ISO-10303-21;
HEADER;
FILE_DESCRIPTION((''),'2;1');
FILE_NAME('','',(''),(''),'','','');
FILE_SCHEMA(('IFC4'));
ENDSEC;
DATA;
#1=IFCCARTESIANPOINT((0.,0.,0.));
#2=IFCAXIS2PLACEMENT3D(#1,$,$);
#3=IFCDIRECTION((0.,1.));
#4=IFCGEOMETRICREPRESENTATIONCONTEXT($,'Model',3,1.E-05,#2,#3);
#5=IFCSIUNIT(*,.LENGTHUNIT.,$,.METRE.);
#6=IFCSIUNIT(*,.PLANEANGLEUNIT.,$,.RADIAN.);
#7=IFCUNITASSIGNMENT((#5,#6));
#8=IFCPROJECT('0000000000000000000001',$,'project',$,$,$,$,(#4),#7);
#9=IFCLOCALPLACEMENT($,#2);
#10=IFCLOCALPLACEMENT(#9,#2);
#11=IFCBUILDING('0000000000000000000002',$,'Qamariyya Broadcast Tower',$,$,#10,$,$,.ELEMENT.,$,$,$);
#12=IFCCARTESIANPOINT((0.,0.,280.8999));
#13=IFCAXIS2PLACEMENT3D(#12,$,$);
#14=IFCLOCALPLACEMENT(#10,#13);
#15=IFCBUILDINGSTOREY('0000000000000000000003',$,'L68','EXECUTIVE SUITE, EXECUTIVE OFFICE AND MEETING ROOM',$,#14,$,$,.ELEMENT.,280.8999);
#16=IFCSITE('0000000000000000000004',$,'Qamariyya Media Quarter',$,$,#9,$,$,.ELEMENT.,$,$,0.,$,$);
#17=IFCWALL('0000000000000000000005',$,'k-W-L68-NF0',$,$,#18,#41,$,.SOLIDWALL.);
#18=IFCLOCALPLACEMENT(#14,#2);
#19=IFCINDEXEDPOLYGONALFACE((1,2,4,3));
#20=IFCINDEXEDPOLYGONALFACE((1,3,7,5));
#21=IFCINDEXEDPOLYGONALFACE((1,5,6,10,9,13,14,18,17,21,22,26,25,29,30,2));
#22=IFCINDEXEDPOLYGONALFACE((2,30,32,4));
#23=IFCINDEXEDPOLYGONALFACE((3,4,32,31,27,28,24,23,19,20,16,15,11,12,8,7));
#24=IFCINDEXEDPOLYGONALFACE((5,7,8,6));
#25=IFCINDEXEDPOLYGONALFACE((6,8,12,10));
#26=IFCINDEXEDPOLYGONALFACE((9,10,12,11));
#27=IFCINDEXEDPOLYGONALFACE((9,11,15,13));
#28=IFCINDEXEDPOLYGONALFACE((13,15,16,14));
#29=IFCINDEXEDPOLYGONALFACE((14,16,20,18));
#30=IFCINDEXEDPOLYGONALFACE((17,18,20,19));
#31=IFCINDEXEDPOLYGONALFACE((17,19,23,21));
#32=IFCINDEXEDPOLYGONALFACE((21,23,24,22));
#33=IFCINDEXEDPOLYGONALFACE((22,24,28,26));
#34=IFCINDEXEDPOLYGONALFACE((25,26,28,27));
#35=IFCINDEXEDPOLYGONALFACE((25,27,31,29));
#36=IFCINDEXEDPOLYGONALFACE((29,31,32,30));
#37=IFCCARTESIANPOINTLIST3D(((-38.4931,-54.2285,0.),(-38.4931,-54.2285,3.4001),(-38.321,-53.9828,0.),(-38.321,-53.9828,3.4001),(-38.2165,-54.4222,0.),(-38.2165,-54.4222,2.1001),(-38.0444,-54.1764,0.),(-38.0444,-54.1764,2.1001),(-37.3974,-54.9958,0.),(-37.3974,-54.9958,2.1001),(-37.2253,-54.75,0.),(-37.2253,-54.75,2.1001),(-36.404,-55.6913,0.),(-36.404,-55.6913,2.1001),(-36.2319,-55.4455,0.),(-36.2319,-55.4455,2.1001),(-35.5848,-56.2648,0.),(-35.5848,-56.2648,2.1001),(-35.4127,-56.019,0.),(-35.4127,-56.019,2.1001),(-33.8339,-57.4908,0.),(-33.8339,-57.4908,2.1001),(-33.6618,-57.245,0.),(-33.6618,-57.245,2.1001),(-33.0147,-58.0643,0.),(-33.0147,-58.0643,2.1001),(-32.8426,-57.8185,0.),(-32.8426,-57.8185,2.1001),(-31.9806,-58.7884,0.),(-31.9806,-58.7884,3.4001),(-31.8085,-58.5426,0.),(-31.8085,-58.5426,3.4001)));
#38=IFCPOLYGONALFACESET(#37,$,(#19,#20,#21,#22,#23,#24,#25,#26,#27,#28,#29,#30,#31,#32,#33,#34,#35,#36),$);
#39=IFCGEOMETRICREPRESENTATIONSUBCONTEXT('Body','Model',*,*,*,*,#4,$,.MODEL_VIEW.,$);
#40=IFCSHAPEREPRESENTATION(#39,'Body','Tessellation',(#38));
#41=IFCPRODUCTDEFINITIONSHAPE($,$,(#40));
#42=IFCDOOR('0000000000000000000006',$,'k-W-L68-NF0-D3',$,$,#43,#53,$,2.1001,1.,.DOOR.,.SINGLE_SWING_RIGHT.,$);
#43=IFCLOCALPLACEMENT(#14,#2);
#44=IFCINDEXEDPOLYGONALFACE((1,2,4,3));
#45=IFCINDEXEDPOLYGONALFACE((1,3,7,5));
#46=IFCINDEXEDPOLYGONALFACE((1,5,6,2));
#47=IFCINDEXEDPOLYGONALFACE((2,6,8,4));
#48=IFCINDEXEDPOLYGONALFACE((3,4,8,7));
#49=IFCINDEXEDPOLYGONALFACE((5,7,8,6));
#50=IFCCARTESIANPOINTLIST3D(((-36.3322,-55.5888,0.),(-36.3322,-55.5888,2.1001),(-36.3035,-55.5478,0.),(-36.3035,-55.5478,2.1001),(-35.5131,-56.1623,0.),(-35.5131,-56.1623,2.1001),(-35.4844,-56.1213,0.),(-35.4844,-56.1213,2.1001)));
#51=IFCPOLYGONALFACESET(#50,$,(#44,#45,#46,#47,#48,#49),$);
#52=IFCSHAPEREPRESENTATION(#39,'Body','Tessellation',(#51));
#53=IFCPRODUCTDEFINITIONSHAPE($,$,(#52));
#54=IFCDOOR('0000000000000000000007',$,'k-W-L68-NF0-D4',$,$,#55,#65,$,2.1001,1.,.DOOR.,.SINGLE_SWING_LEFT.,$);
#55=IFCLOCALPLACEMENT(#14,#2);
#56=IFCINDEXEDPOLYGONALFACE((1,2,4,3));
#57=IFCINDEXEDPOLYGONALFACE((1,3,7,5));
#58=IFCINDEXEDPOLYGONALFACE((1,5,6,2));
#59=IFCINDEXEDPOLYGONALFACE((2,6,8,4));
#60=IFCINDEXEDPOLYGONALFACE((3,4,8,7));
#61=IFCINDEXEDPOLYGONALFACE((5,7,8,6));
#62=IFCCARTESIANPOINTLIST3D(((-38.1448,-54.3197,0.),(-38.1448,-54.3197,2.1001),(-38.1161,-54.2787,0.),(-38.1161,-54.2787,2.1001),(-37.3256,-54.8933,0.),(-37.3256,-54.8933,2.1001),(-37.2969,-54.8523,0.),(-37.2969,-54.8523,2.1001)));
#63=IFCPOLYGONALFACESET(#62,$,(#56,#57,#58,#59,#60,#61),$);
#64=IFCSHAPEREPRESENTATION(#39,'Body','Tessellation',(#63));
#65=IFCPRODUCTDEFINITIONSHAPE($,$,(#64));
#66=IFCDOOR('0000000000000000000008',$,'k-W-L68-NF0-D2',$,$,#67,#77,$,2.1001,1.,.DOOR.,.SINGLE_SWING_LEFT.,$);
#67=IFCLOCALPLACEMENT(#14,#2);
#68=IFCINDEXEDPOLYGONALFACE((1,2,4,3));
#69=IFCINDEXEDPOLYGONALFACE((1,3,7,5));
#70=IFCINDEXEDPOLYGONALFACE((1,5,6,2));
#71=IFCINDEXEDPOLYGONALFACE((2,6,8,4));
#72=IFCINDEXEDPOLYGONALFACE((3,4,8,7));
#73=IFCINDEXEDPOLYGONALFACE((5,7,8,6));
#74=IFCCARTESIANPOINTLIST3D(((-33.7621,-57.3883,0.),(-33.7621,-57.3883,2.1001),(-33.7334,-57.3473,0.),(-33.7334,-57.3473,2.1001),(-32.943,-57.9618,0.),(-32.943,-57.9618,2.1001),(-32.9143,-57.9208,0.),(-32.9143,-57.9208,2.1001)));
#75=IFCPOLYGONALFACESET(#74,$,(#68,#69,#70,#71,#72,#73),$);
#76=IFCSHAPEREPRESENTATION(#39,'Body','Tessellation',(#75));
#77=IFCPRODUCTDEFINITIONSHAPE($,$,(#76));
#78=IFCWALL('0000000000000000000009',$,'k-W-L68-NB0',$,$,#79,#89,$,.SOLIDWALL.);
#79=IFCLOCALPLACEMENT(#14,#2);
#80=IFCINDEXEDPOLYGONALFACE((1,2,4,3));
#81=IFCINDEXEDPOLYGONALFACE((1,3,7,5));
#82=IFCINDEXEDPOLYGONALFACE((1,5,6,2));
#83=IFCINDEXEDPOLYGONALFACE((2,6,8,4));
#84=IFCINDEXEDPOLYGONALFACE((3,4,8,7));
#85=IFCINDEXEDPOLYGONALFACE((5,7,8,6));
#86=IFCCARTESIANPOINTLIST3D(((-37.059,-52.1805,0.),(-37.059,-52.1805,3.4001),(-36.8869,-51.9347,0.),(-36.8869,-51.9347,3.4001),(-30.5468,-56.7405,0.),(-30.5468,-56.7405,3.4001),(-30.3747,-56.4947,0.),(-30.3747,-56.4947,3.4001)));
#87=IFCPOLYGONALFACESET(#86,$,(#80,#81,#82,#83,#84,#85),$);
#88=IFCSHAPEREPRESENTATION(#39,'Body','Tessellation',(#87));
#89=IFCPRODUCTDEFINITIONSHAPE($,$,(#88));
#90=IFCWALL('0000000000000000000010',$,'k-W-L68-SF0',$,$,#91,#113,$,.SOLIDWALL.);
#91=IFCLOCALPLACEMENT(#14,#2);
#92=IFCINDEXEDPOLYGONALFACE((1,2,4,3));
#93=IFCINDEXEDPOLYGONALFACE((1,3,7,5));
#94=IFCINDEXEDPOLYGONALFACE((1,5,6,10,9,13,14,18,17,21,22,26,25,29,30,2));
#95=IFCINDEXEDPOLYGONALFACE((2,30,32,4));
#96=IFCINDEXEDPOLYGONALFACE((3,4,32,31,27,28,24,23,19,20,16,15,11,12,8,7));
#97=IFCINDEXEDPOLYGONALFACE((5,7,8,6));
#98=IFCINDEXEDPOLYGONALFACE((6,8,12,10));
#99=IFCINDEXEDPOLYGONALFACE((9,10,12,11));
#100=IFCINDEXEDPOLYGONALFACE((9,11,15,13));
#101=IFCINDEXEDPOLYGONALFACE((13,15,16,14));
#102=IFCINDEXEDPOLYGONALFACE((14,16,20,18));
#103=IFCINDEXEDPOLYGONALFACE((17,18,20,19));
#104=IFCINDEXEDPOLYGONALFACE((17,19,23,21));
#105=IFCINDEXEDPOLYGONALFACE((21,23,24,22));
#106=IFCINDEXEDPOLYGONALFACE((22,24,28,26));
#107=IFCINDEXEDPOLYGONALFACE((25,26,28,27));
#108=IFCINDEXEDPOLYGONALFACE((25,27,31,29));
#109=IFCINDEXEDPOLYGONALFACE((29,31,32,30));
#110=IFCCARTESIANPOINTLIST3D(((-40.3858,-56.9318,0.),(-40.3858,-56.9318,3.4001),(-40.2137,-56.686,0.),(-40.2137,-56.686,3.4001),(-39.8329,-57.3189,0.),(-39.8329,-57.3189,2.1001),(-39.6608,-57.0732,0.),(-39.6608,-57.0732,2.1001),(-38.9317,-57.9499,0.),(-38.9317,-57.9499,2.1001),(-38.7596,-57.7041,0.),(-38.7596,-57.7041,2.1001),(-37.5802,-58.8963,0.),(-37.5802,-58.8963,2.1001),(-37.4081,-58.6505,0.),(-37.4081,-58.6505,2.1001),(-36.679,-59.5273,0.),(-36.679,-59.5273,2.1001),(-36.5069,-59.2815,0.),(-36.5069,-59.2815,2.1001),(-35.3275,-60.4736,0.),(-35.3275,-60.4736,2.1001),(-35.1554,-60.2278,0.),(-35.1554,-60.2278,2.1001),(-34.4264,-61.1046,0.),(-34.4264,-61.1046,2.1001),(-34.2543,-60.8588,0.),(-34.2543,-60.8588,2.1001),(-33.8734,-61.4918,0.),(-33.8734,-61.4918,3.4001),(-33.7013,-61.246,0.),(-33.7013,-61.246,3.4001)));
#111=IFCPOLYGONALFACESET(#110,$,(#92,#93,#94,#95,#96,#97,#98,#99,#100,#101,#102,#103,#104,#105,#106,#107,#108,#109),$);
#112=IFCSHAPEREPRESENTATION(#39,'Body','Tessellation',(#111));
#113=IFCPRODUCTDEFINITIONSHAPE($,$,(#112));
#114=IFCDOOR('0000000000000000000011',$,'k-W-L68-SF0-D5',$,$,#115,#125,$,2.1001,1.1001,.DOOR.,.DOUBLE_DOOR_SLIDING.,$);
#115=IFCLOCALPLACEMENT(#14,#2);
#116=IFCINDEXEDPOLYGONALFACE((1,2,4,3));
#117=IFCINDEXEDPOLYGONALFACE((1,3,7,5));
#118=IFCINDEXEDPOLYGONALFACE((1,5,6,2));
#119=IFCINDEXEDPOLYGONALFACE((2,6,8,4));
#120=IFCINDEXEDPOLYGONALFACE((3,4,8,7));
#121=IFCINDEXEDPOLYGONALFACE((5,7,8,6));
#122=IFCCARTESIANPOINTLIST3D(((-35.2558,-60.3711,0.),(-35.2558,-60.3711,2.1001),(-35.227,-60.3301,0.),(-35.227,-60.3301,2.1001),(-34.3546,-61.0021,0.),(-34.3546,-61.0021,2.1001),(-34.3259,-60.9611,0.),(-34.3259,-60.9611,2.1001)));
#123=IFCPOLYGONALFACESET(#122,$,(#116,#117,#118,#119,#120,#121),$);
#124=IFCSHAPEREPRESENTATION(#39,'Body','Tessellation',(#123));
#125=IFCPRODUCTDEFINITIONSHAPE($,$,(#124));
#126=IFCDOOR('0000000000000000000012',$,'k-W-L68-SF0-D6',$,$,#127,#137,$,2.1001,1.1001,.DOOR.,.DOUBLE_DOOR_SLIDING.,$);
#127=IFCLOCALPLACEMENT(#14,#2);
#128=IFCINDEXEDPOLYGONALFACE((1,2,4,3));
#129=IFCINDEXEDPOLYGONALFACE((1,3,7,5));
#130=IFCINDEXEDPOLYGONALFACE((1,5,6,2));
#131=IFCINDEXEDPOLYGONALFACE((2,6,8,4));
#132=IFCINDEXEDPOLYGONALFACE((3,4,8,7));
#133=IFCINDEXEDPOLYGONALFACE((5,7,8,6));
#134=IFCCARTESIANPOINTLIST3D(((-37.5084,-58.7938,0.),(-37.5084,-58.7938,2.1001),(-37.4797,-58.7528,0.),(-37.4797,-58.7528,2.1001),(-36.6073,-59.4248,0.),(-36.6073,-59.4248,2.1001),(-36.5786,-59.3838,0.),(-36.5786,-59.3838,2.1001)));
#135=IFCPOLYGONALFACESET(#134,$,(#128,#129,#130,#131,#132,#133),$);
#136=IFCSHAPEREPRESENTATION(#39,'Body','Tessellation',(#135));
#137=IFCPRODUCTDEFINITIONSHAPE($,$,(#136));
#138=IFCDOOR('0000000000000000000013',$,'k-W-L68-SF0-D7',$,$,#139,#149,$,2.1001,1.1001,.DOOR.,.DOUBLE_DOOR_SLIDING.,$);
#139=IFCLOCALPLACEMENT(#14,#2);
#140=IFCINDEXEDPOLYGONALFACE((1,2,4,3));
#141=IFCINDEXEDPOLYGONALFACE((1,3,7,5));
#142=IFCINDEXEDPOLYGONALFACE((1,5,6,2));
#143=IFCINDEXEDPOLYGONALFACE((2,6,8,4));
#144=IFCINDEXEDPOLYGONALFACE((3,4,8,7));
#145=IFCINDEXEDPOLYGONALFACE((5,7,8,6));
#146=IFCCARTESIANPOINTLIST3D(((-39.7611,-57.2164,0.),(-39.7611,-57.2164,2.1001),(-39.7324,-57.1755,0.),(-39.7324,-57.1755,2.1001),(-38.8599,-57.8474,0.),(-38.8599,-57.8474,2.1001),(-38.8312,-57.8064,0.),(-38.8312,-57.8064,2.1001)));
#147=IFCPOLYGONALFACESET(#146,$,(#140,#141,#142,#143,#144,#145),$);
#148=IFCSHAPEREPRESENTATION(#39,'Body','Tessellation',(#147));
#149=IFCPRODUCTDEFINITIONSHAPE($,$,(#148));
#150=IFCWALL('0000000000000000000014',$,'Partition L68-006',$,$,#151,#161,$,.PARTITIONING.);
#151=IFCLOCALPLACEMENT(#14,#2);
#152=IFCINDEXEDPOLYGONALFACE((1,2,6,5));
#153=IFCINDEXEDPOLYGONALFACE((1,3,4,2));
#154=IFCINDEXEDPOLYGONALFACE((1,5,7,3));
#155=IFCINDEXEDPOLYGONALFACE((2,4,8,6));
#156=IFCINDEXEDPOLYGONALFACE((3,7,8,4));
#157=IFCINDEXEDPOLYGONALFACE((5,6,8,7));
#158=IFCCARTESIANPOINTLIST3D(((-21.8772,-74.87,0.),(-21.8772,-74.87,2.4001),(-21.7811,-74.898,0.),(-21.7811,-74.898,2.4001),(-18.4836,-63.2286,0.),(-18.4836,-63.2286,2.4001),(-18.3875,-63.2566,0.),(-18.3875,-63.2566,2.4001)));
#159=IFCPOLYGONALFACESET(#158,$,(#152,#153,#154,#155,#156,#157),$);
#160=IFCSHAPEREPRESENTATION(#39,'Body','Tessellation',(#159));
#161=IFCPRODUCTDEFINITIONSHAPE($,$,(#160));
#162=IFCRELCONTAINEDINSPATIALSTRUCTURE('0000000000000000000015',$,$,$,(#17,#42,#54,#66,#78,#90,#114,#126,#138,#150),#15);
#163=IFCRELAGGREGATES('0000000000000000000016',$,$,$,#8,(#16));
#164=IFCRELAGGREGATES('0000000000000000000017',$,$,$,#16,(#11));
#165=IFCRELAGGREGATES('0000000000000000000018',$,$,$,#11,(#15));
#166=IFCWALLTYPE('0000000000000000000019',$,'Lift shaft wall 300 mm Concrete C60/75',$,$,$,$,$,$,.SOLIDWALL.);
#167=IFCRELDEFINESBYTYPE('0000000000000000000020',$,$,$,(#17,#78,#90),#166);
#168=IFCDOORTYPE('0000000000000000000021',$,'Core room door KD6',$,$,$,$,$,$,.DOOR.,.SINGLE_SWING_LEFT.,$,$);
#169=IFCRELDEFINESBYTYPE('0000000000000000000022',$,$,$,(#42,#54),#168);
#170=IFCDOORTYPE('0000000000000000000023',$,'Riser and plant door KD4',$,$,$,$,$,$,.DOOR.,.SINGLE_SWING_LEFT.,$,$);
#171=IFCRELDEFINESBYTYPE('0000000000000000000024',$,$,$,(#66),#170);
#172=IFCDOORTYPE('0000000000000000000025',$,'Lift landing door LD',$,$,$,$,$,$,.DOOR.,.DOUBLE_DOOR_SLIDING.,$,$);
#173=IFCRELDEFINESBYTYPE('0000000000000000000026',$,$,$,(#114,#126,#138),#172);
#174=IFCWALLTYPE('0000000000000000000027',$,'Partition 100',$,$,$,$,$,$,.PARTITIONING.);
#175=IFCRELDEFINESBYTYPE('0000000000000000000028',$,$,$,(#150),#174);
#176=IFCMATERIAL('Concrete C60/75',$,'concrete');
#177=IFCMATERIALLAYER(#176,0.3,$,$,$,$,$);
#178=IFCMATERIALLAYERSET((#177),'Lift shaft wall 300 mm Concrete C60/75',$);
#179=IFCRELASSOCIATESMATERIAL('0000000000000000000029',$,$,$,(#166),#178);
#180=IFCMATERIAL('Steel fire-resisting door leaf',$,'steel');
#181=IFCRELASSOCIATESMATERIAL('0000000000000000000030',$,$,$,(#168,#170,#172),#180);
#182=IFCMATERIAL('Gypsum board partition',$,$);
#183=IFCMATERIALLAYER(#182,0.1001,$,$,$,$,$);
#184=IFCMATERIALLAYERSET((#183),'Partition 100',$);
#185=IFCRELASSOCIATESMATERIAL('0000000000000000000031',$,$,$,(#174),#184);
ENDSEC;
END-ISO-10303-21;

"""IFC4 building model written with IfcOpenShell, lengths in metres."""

from ifc_helpers import new_model, si_unit, direction, frame, frame_2d, origin, place, context, subcontext, project, spatial, rectangle, extrude, material, layer, layer_set, type_object, element, fill, save


model = new_model("IFC4")

# Units and contexts
model_context = context("Model", 3, precision=1e-05, world=origin(), true_north=direction((0.0, 1.0)))
body_context = subcontext(model_context, "Body", "Model", "MODEL_VIEW")
ifc_project = project(units=[si_unit("LENGTHUNIT", "METRE"), si_unit("PLANEANGLEUNIT", "RADIAN")], contexts=[model_context])

# Site, building, storey
site_placement = place(None, origin())
site = spatial("IfcSite", under=ifc_project, at=site_placement, Name="Qamariyya Media Quarter", CompositionType="ELEMENT", RefElevation=0.0)
building_placement = place(site_placement, origin())
building = spatial("IfcBuilding", under=site, at=building_placement, Name="Qamariyya Broadcast Tower", CompositionType="ELEMENT")
storey_placement = place(building_placement, frame((0.0, 0.0, 280.8999)))
storey = spatial("IfcBuildingStorey", under=building, at=storey_placement, Name="L68", Description="EXECUTIVE SUITE, EXECUTIVE OFFICE AND MEETING ROOM", CompositionType="ELEMENT", Elevation=280.8999)

# Shared definitions
ifc_material_1 = material(Name="Gypsum board partition")

# Wall, openings, doors
ifc_material_2 = material(Name="Concrete C60/75", Category="concrete")
ifc_layer_1 = layer(ifc_material_2, 0.3)
ifc_layer_set_1 = layer_set([ifc_layer_1], Name="Lift shaft wall 300 mm Concrete C60/75")
wall_type_1 = type_object("IfcWallType", Name="Lift shaft wall 300 mm Concrete C60/75", PredefinedType="SOLIDWALL", material=ifc_layer_set_1)
wall_1_placement = place(storey_placement, frame((-31.8945, -58.6655, 0.0), z_axis=(0.0, 0.0, 1.0), x_axis=(-0.819167, 0.573555, 0.0)))
wall_1 = element("IfcWall", 1, at=wall_1_placement, inside=storey, type_object=wall_type_1, Name="k-W-L68-NF0", PredefinedType="SOLIDWALL", context=body_context, shape_type="SweptSolid", body=[
    extrude(rectangle(XDim=7.9502, YDim=0.3, at=frame_2d((3.9751, 0.0))), origin(), (0.0, 0.0, 1.0), 3.4001),
])
opening_1_placement = place(wall_1_placement, frame((1.2625, 0.0, 0.0)))
opening_1 = element("IfcOpeningElement", 2, at=opening_1_placement, cuts=wall_1, PredefinedType="OPENING", context=body_context, shape_type="SweptSolid", body=[
    extrude(rectangle(XDim=1.0, YDim=2.1001, at=frame_2d((0.5, 1.05))), frame((0.0, 0.1599, 0.0), z_axis=(0.0, -1.0, 0.0), x_axis=(1.0, 0.0, 0.0)), (0.0, 0.0, 1.0), 0.3201),
])
opening_2_placement = place(wall_1_placement, frame((4.3999, 0.0, 0.0)))
opening_2 = element("IfcOpeningElement", 3, at=opening_2_placement, cuts=wall_1, PredefinedType="OPENING", context=body_context, shape_type="SweptSolid", body=[
    extrude(rectangle(XDim=1.0, YDim=2.1001, at=frame_2d((0.5, 1.05))), frame((0.0, 0.1599, 0.0), z_axis=(0.0, -1.0, 0.0), x_axis=(1.0, 0.0, 0.0)), (0.0, 0.0, 1.0), 0.3201),
])
opening_3_placement = place(wall_1_placement, frame((6.6125, 0.0, 0.0)))
opening_3 = element("IfcOpeningElement", 4, at=opening_3_placement, cuts=wall_1, PredefinedType="OPENING", context=body_context, shape_type="SweptSolid", body=[
    extrude(rectangle(XDim=1.0, YDim=2.1001, at=frame_2d((0.5, 1.05))), frame((0.0, 0.1599, 0.0), z_axis=(0.0, -1.0, 0.0), x_axis=(1.0, 0.0, 0.0)), (0.0, 0.0, 1.0), 0.3201),
])
ifc_material_3 = material(Name="Steel fire-resisting door leaf", Category="steel")
door_type_1 = type_object("IfcDoorType", Name="Core room door KD6", OperationType="SINGLE_SWING_LEFT", PredefinedType="DOOR", material=ifc_material_3)
door_1_placement = place(opening_2_placement, origin())
door_1 = element("IfcDoor", 5, at=door_1_placement, inside=storey, type_object=door_type_1, Name="k-W-L68-NF0-D3", OperationType="SINGLE_SWING_RIGHT", OverallHeight=2.1001, OverallWidth=1.0, PredefinedType="DOOR", context=body_context, shape_type="SweptSolid", body=[
    extrude(rectangle(XDim=1.0, YDim=2.1001, at=frame_2d((0.5, 1.05))), frame((0.0, 0.0249, 0.0), z_axis=(0.0, -1.0, 0.0), x_axis=(1.0, 0.0, 0.0)), (0.0, 0.0, 1.0), 0.05),
])
fill(opening_2, door_1)
door_2_placement = place(opening_3_placement, origin())
door_2 = element("IfcDoor", 6, at=door_2_placement, inside=storey, type_object=door_type_1, Name="k-W-L68-NF0-D4", OperationType="SINGLE_SWING_LEFT", OverallHeight=2.1001, OverallWidth=1.0, PredefinedType="DOOR", context=body_context, shape_type="SweptSolid", body=[
    extrude(rectangle(XDim=1.0, YDim=2.1001, at=frame_2d((0.5, 1.05))), frame((0.0, 0.0249, 0.0), z_axis=(0.0, -1.0, 0.0), x_axis=(1.0, 0.0, 0.0)), (0.0, 0.0, 1.0), 0.05),
])
fill(opening_3, door_2)
door_type_2 = type_object("IfcDoorType", Name="Riser and plant door KD4", OperationType="SINGLE_SWING_LEFT", PredefinedType="DOOR", material=ifc_material_3)
door_3_placement = place(opening_1_placement, origin())
door_3 = element("IfcDoor", 7, at=door_3_placement, inside=storey, type_object=door_type_2, Name="k-W-L68-NF0-D2", OperationType="SINGLE_SWING_LEFT", OverallHeight=2.1001, OverallWidth=1.0, PredefinedType="DOOR", context=body_context, shape_type="SweptSolid", body=[
    extrude(rectangle(XDim=1.0, YDim=2.1001, at=frame_2d((0.5, 1.05))), frame((0.0, 0.0249, 0.0), z_axis=(0.0, -1.0, 0.0), x_axis=(1.0, 0.0, 0.0)), (0.0, 0.0, 1.0), 0.05),
])
fill(opening_1, door_3)

# Wall
wall_2_placement = place(storey_placement, frame((-30.4607, -56.6177, 0.0), z_axis=(0.0, 0.0, 1.0), x_axis=(-0.819142, 0.57359, 0.0)))
element("IfcWall", 8, at=wall_2_placement, inside=storey, type_object=wall_type_1, Name="k-W-L68-NB0", PredefinedType="SOLIDWALL", context=body_context, shape_type="SweptSolid", body=[
    extrude(rectangle(XDim=7.95, YDim=0.3, at=frame_2d((3.9751, 0.0))), origin(), (0.0, 0.0, 1.0), 3.4001),
])

# Wall, openings, doors
wall_3_placement = place(storey_placement, frame((-33.7874, -61.3689, 0.0), z_axis=(0.0, 0.0, 1.0), x_axis=(-0.819153, 0.573576, 0.0)))
wall_3 = element("IfcWall", 9, at=wall_3_placement, inside=storey, type_object=wall_type_1, Name="k-W-L68-SF0", PredefinedType="SOLIDWALL", context=body_context, shape_type="SweptSolid", body=[
    extrude(rectangle(XDim=7.9502, YDim=0.3, at=frame_2d((3.9751, 0.0))), origin(), (0.0, 0.0, 1.0), 3.4001),
])
opening_4_placement = place(wall_3_placement, frame((0.675, 0.0, 0.0)))
opening_4 = element("IfcOpeningElement", 10, at=opening_4_placement, cuts=wall_3, PredefinedType="OPENING", context=body_context, shape_type="SweptSolid", body=[
    extrude(rectangle(XDim=1.1001, YDim=2.1001, at=frame_2d((0.55, 1.05))), frame((0.0, 0.1599, 0.0), z_axis=(0.0, -1.0, 0.0), x_axis=(1.0, 0.0, 0.0)), (0.0, 0.0, 1.0), 0.3201),
])
opening_5_placement = place(wall_3_placement, frame((3.425, 0.0, 0.0)))
opening_5 = element("IfcOpeningElement", 11, at=opening_5_placement, cuts=wall_3, PredefinedType="OPENING", context=body_context, shape_type="SweptSolid", body=[
    extrude(rectangle(XDim=1.1001, YDim=2.1001, at=frame_2d((0.55, 1.05))), frame((0.0, 0.1599, 0.0), z_axis=(0.0, -1.0, 0.0), x_axis=(1.0, 0.0, 0.0)), (0.0, 0.0, 1.0), 0.3201),
])
opening_6_placement = place(wall_3_placement, frame((6.175, 0.0, 0.0)))
opening_6 = element("IfcOpeningElement", 12, at=opening_6_placement, cuts=wall_3, PredefinedType="OPENING", context=body_context, shape_type="SweptSolid", body=[
    extrude(rectangle(XDim=1.1001, YDim=2.1001, at=frame_2d((0.55, 1.05))), frame((0.0, 0.1599, 0.0), z_axis=(0.0, -1.0, 0.0), x_axis=(1.0, 0.0, 0.0)), (0.0, 0.0, 1.0), 0.3201),
])
door_type_3 = type_object("IfcDoorType", Name="Lift landing door LD", OperationType="DOUBLE_DOOR_SLIDING", PredefinedType="DOOR", material=ifc_material_3)
door_4_placement = place(opening_4_placement, origin())
door_4 = element("IfcDoor", 13, at=door_4_placement, inside=storey, type_object=door_type_3, Name="k-W-L68-SF0-D5", OperationType="DOUBLE_DOOR_SLIDING", OverallHeight=2.1001, OverallWidth=1.1001, PredefinedType="DOOR", context=body_context, shape_type="SweptSolid", body=[
    extrude(rectangle(XDim=1.1001, YDim=2.1001, at=frame_2d((0.55, 1.05))), frame((0.0, 0.0249, 0.0), z_axis=(0.0, -1.0, 0.0), x_axis=(1.0, 0.0, 0.0)), (0.0, 0.0, 1.0), 0.05),
])
fill(opening_4, door_4)
door_5_placement = place(opening_5_placement, origin())
door_5 = element("IfcDoor", 14, at=door_5_placement, inside=storey, type_object=door_type_3, Name="k-W-L68-SF0-D6", OperationType="DOUBLE_DOOR_SLIDING", OverallHeight=2.1001, OverallWidth=1.1001, PredefinedType="DOOR", context=body_context, shape_type="SweptSolid", body=[
    extrude(rectangle(XDim=1.1001, YDim=2.1001, at=frame_2d((0.55, 1.05))), frame((0.0, 0.0249, 0.0), z_axis=(0.0, -1.0, 0.0), x_axis=(1.0, 0.0, 0.0)), (0.0, 0.0, 1.0), 0.05),
])
fill(opening_5, door_5)
door_6_placement = place(opening_6_placement, origin())
door_6 = element("IfcDoor", 15, at=door_6_placement, inside=storey, type_object=door_type_3, Name="k-W-L68-SF0-D7", OperationType="DOUBLE_DOOR_SLIDING", OverallHeight=2.1001, OverallWidth=1.1001, PredefinedType="DOOR", context=body_context, shape_type="SweptSolid", body=[
    extrude(rectangle(XDim=1.1001, YDim=2.1001, at=frame_2d((0.55, 1.05))), frame((0.0, 0.0249, 0.0), z_axis=(0.0, -1.0, 0.0), x_axis=(1.0, 0.0, 0.0)), (0.0, 0.0, 1.0), 0.05),
])
fill(opening_6, door_6)

# Wall
ifc_layer_2 = layer(ifc_material_1, 0.1001)
ifc_layer_set_2 = layer_set([ifc_layer_2], Name="Partition 100")
wall_type_2 = type_object("IfcWallType", Name="Partition 100", PredefinedType="PARTITIONING", material=ifc_layer_set_2)
wall_4_placement = place(storey_placement, frame((-21.8291, -74.884, 0.0), z_axis=(0.0, 0.0, 1.0), x_axis=(0.27986, 0.960041, 0.0)))
element("IfcWall", 16, at=wall_4_placement, inside=storey, type_object=wall_type_2, Name="Partition L68-006", PredefinedType="PARTITIONING", context=body_context, shape_type="SweptSolid", body=[
    extrude(rectangle(XDim=12.126, YDim=0.1001, at=frame_2d((6.063, 0.0))), origin(), (0.0, 0.0, 1.0), 2.4001),
])

save(model, "model.ifc")
